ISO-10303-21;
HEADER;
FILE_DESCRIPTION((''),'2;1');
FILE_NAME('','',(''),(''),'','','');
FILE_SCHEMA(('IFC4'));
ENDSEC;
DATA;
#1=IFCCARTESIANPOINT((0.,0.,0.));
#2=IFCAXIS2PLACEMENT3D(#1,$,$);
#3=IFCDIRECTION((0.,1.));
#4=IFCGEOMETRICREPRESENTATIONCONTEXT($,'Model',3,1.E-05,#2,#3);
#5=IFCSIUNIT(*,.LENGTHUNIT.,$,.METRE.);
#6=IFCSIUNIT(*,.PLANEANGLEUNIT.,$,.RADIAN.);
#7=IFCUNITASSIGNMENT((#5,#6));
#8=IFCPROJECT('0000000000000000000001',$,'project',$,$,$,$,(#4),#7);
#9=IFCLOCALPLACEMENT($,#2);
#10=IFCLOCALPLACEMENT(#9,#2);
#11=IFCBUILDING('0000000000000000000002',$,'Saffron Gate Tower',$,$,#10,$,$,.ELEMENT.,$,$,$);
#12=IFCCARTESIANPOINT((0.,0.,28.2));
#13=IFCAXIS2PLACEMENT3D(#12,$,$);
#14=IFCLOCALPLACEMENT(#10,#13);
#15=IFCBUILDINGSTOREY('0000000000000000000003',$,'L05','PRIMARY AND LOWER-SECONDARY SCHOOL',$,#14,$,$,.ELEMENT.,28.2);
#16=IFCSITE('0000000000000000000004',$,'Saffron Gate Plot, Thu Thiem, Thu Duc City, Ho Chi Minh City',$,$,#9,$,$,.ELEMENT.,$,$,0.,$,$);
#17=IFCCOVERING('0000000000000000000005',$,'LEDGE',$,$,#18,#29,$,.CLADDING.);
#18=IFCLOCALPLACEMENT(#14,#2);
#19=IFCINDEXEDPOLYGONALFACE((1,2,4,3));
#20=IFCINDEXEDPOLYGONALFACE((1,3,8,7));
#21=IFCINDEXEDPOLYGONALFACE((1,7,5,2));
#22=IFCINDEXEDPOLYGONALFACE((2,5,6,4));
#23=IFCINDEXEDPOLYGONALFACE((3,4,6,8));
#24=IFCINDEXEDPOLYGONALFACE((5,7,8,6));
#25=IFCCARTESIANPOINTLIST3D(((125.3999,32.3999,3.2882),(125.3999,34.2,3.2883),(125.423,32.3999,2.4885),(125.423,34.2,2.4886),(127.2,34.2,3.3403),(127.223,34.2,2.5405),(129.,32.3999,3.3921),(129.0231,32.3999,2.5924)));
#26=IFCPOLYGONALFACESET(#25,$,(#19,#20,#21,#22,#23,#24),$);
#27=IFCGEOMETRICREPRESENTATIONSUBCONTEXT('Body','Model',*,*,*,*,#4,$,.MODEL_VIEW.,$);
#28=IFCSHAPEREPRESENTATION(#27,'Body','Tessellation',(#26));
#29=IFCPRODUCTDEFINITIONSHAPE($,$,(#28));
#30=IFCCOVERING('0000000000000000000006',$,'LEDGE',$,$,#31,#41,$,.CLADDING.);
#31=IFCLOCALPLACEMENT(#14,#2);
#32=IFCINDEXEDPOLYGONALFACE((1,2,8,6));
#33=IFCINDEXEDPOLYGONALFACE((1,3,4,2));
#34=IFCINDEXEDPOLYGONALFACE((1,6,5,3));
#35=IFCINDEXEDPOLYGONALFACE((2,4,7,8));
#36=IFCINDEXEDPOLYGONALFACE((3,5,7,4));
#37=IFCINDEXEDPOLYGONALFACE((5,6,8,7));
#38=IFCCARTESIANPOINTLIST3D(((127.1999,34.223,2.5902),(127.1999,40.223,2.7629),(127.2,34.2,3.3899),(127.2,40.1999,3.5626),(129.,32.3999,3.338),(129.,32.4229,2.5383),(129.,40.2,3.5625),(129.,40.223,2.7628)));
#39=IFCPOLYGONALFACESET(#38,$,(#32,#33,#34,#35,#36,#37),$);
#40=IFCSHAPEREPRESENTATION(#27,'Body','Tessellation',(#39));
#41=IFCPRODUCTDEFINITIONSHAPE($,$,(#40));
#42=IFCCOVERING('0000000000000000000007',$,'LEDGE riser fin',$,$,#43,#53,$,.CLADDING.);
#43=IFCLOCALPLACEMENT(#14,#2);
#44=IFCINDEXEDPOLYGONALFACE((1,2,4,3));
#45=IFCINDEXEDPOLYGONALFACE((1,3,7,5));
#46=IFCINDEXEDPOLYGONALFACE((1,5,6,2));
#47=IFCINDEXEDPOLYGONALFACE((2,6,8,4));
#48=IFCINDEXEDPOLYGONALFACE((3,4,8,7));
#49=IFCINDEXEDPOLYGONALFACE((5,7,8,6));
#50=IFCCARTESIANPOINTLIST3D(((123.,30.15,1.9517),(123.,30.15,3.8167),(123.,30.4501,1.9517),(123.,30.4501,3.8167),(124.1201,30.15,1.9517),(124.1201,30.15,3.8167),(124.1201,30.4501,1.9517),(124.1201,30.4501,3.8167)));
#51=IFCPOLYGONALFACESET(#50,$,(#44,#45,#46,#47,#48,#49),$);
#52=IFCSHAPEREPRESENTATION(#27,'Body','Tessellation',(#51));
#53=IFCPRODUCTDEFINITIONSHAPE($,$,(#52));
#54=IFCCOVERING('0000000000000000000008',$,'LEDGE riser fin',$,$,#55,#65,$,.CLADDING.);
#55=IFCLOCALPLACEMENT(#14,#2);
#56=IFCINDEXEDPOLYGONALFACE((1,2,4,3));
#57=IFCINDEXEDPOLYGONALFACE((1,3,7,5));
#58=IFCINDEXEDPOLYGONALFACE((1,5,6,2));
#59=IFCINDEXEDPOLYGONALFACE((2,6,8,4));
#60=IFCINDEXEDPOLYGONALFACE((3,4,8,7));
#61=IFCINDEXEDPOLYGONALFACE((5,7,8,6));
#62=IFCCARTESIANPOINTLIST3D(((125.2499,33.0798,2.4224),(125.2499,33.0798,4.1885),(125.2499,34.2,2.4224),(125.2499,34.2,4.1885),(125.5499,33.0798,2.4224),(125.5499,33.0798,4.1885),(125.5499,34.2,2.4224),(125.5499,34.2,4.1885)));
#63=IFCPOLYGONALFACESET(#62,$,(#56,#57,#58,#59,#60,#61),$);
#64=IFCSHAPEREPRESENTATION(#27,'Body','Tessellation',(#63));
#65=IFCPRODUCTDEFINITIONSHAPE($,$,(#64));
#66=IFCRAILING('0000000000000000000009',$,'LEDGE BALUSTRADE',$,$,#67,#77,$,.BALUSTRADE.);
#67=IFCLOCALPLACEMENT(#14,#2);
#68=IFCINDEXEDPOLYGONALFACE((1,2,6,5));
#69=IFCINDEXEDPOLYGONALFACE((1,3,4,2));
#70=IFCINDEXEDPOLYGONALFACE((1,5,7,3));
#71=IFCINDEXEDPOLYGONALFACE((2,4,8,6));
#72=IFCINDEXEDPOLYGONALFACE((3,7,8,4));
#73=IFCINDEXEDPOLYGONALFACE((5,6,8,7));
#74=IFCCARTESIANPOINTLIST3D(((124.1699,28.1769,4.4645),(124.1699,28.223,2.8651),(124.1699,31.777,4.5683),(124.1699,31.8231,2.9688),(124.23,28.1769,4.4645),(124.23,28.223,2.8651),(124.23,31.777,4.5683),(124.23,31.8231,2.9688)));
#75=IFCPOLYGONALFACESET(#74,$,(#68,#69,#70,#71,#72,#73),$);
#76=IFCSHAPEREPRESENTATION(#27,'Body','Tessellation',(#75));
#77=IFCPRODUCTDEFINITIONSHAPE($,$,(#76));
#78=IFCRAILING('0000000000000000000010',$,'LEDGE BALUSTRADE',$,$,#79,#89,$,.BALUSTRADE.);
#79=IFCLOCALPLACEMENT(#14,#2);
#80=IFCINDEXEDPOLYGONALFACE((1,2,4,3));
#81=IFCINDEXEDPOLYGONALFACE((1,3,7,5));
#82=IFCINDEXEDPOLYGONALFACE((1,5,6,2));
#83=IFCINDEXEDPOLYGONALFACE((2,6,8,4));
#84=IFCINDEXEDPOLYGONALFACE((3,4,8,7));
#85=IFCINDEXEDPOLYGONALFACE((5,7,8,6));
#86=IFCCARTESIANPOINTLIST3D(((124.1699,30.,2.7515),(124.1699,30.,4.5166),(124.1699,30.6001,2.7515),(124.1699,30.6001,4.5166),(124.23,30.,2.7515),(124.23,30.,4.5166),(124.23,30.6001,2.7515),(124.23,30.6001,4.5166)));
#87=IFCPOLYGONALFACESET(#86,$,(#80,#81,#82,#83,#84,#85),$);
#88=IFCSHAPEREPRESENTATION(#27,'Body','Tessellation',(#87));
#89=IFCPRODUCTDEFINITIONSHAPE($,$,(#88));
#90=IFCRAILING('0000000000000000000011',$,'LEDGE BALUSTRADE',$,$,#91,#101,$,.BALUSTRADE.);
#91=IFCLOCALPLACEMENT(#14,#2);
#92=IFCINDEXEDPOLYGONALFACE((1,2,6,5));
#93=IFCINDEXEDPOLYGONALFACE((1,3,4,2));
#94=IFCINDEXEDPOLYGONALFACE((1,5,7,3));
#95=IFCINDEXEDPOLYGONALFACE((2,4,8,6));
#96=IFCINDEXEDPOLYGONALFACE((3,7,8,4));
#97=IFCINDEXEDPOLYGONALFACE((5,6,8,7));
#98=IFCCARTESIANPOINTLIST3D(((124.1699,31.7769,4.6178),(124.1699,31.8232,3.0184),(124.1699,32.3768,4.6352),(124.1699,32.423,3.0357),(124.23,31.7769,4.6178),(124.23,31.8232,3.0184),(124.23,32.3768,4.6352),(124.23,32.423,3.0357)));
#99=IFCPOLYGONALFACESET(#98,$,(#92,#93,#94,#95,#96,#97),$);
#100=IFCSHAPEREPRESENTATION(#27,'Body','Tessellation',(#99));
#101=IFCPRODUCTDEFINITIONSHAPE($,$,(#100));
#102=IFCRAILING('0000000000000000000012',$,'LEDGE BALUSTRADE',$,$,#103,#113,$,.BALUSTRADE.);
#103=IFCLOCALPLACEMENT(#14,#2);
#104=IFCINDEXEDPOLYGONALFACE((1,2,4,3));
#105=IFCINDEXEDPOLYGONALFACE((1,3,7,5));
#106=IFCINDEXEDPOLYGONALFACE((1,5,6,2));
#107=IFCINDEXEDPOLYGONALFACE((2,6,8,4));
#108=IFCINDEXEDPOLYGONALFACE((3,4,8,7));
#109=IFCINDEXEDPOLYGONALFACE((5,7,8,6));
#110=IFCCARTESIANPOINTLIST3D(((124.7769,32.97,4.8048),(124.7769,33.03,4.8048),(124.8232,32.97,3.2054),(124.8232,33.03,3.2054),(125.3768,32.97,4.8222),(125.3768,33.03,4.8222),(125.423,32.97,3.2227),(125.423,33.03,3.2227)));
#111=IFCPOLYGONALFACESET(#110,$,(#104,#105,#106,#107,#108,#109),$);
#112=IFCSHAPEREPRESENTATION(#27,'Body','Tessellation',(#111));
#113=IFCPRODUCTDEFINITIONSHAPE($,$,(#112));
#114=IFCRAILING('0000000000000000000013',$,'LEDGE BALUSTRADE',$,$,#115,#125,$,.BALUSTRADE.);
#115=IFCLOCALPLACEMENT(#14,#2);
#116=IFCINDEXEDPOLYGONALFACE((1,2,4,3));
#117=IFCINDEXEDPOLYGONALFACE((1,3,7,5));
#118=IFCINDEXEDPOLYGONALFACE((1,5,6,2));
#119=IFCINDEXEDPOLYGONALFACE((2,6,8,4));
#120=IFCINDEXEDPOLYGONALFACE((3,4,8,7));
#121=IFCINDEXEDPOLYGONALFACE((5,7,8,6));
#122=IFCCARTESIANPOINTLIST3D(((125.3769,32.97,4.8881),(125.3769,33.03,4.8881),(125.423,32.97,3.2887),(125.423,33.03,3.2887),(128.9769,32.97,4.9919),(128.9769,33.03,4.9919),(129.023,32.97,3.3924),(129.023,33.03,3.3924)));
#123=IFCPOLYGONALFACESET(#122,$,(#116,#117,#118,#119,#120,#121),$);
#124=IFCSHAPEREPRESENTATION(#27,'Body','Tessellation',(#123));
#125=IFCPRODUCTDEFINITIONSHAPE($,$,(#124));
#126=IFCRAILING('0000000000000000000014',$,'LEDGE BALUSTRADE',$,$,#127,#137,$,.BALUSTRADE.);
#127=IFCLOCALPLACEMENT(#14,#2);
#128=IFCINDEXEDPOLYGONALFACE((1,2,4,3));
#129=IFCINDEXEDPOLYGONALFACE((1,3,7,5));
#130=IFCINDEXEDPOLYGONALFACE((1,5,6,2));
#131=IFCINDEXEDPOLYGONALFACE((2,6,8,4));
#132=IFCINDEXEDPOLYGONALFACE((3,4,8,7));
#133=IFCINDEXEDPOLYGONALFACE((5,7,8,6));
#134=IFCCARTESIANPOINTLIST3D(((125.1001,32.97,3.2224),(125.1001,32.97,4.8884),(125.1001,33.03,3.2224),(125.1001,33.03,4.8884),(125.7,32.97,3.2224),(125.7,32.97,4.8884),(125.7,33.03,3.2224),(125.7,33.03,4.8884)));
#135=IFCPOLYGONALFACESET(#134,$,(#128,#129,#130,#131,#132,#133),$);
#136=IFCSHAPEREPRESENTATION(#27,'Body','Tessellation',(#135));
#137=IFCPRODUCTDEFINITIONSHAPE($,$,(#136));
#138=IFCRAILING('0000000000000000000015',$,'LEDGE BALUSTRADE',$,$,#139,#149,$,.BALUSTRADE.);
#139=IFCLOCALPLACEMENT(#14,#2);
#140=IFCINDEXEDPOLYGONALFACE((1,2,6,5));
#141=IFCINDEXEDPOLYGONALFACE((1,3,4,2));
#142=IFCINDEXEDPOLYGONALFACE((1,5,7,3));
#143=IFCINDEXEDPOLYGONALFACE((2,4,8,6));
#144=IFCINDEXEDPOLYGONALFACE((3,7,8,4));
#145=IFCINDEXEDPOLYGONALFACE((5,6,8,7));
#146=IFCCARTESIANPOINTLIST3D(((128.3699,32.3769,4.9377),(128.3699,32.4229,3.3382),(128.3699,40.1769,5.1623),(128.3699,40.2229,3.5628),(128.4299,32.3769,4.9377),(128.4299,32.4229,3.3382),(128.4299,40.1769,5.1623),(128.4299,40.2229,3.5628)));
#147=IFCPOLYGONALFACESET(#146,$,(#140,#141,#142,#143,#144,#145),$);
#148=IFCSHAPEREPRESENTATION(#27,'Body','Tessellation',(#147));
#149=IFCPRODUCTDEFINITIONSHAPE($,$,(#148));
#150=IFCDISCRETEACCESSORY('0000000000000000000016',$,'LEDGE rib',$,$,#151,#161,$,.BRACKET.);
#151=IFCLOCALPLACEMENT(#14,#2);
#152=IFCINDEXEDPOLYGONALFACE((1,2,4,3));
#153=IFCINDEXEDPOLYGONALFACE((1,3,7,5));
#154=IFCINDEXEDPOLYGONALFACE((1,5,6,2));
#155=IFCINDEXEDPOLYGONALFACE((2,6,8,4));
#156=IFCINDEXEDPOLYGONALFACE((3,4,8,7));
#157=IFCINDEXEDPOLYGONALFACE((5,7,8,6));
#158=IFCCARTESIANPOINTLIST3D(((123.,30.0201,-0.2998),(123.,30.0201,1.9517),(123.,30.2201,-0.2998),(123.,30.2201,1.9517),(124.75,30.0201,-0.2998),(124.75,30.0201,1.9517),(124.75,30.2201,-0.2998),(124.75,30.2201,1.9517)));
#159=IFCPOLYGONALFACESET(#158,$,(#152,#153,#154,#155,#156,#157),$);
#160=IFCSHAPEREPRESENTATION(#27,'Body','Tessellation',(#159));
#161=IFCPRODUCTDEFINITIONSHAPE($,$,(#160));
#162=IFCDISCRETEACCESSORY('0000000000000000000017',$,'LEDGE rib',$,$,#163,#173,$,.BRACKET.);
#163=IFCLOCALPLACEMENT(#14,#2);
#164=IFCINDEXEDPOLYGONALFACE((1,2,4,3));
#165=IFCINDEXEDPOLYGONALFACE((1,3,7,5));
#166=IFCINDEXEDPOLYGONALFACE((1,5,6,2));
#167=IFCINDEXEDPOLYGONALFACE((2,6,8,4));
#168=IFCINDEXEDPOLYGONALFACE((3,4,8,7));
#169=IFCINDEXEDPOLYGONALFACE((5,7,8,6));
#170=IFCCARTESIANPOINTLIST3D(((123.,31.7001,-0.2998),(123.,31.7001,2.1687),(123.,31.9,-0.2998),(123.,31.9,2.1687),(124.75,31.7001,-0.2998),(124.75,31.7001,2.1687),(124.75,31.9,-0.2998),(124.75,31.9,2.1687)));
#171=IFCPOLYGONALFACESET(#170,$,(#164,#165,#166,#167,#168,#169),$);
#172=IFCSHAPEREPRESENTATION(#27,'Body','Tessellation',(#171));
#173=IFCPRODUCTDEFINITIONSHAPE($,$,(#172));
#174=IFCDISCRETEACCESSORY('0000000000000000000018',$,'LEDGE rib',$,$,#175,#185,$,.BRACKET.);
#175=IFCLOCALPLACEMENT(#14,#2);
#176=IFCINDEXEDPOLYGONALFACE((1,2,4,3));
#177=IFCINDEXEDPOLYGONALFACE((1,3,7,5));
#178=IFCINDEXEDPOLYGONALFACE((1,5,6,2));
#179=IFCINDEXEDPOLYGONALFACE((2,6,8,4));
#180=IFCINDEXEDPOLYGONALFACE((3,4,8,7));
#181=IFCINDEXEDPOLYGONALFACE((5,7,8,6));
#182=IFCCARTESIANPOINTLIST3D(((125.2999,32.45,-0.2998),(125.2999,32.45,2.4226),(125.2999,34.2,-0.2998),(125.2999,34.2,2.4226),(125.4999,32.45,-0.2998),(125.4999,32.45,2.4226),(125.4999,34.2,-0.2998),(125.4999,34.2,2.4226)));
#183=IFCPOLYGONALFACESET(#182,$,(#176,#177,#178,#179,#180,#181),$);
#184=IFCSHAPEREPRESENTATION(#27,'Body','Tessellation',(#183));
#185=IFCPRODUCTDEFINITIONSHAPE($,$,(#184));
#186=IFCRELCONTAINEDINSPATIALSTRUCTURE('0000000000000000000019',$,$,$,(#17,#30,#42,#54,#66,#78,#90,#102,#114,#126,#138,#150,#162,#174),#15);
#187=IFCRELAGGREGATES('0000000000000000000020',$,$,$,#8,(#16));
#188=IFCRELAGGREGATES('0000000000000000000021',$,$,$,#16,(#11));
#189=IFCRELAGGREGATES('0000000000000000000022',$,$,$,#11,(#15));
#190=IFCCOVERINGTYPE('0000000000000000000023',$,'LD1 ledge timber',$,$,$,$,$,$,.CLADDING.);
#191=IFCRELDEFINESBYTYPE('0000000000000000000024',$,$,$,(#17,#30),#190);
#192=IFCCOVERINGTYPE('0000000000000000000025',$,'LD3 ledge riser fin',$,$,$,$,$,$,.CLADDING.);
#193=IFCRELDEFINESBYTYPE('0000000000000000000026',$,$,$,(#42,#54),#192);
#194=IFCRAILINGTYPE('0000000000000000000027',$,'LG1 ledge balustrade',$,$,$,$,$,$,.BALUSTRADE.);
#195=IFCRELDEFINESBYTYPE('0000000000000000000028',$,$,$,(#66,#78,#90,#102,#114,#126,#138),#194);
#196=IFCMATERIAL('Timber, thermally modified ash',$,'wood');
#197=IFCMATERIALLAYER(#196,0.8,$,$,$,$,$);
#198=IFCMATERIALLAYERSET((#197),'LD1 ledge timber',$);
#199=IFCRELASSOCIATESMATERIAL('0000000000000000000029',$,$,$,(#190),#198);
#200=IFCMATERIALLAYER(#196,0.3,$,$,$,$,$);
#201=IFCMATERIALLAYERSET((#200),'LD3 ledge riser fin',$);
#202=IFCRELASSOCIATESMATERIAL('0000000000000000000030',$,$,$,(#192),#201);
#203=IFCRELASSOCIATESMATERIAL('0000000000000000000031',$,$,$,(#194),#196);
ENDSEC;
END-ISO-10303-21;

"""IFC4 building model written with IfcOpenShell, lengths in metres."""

from ifc_helpers import new_model, si_unit, direction, frame, origin, origin_2d, place, context, subcontext, project, spatial, polyline, rectangle, outline, extrude, material, layer, layer_set, type_object, element, save


model = new_model("IFC4")

# Units and contexts
model_context = context("Model", 3, precision=1e-05, world=origin(), true_north=direction((0.0, 1.0)))
body_context = subcontext(model_context, "Body", "Model", "MODEL_VIEW")
ifc_project = project(units=[si_unit("LENGTHUNIT", "METRE"), si_unit("PLANEANGLEUNIT", "RADIAN")], contexts=[model_context])

# Site, building, storey
site_placement = place(None, origin())
site = spatial("IfcSite", under=ifc_project, at=site_placement, Name="Saffron Gate Plot, Thu Thiem, Thu Duc City, Ho Chi Minh City", CompositionType="ELEMENT", RefElevation=0.0)
building_placement = place(site_placement, origin())
building = spatial("IfcBuilding", under=site, at=building_placement, Name="Saffron Gate Tower", CompositionType="ELEMENT")
storey_placement = place(building_placement, frame((0.0, 0.0, 28.2)))
storey = spatial("IfcBuildingStorey", under=building, at=storey_placement, Name="L05", Description="PRIMARY AND LOWER-SECONDARY SCHOOL", CompositionType="ELEMENT", Elevation=28.2)

# Coverings
ifc_material = material(Name="Timber, thermally modified ash", Category="wood")
ifc_layer_1 = layer(ifc_material, 0.8)
ifc_layer_set_1 = layer_set([ifc_layer_1], Name="LD1 ledge timber")
covering_type_1 = type_object("IfcCoveringType", Name="LD1 ledge timber", PredefinedType="CLADDING", material=ifc_layer_set_1)
covering_1_placement = place(storey_placement, frame((125.3999, 34.2, 3.2883), z_axis=(-0.028832, -0.000045, 0.999584), x_axis=(0.999584, 0.0, 0.028832)))
element("IfcCovering", 1, at=covering_1_placement, inside=storey, type_object=covering_type_1, Name="LEDGE", PredefinedType="CLADDING", context=body_context, shape_type="SweptSolid", body=[
    extrude(outline(polyline([(0.0, 0.0), (1.8008, 0.0), (3.6016, -1.8), (0.0, -1.8), (0.0, 0.0)])), origin(), (0.0, 0.0, -1.0), 0.8),
])
covering_2_placement = place(storey_placement, frame((127.2, 34.2, 3.3899), z_axis=(0.000053, -0.028772, 0.999586), x_axis=(0.0, 0.999586, 0.028772)))
element("IfcCovering", 2, at=covering_2_placement, inside=storey, type_object=covering_type_1, Name="LEDGE", PredefinedType="CLADDING", context=body_context, shape_type="SweptSolid", body=[
    extrude(outline(polyline([(0.0, 0.0), (6.0025, 0.0), (6.0025, -1.8), (-1.8008, -1.8), (0.0, 0.0)])), origin(), (0.0, 0.0, -1.0), 0.8),
])
ifc_layer_2 = layer(ifc_material, 0.3)
ifc_layer_set_2 = layer_set([ifc_layer_2], Name="LD3 ledge riser fin")
covering_type_2 = type_object("IfcCoveringType", Name="LD3 ledge riser fin", PredefinedType="CLADDING", material=ifc_layer_set_2)
covering_3_placement = place(storey_placement, frame((123.5601, 30.3, 1.9517), z_axis=(0.0, 0.0, 1.0), x_axis=(0.0, 1.0, 0.0)))
element("IfcCovering", 3, at=covering_3_placement, inside=storey, type_object=covering_type_2, Name="LEDGE riser fin", PredefinedType="CLADDING", context=body_context, shape_type="SweptSolid", body=[
    extrude(rectangle(XDim=0.3, YDim=1.1201, at=origin_2d()), origin(), (0.0, 0.0, 1.0), 1.865),
])
covering_4_placement = place(storey_placement, frame((125.3999, 33.6399, 2.4224), z_axis=(0.0, 0.0, 1.0), x_axis=(1.0, 0.0, 0.0)))
element("IfcCovering", 4, at=covering_4_placement, inside=storey, type_object=covering_type_2, Name="LEDGE riser fin", PredefinedType="CLADDING", context=body_context, shape_type="SweptSolid", body=[
    extrude(rectangle(XDim=0.3, YDim=1.1201, at=origin_2d()), origin(), (0.0, 0.0, 1.0), 1.7661),
])

# Railings
railing_type = type_object("IfcRailingType", Name="LG1 ledge balustrade", PredefinedType="BALUSTRADE", material=ifc_material)
railing_1_placement = place(storey_placement, frame((124.2, 28.2, 2.8647)))
element("IfcRailing", 5, at=railing_1_placement, inside=storey, type_object=railing_type, Name="LEDGE BALUSTRADE", PredefinedType="BALUSTRADE", context=body_context, shape_type="SweptSolid", body=[
    extrude(rectangle(XDim=0.0601, YDim=1.6001, at=origin_2d()), frame((0.0, 0.0, 0.8), z_axis=(0.0, 0.999585, 0.028809), x_axis=(-1.0, 0.0, 0.0)), (0.0, 0.0, 1.0), 3.6016),
])
railing_2_placement = place(storey_placement, frame((124.2, 30.0, 2.7515)))
element("IfcRailing", 6, at=railing_2_placement, inside=storey, type_object=railing_type, Name="LEDGE BALUSTRADE", PredefinedType="BALUSTRADE", context=body_context, shape_type="SweptSolid", body=[
    extrude(rectangle(XDim=0.0601, YDim=1.7651, at=origin_2d()), frame((0.0, 0.0, 0.8826), z_axis=(0.0, 1.0, 0.0), x_axis=(-1.0, 0.0, 0.0)), (0.0, 0.0, 1.0), 0.6001),
])
railing_3_placement = place(storey_placement, frame((124.2, 31.8, 3.0181)))
element("IfcRailing", 7, at=railing_3_placement, inside=storey, type_object=railing_type, Name="LEDGE BALUSTRADE", PredefinedType="BALUSTRADE", context=body_context, shape_type="SweptSolid", body=[
    extrude(rectangle(XDim=0.0601, YDim=1.6001, at=origin_2d()), frame((0.0, 0.0, 0.8), z_axis=(0.0, 0.999583, 0.028885), x_axis=(-1.0, 0.0, 0.0)), (0.0, 0.0, 1.0), 0.6001),
])
railing_4_placement = place(storey_placement, frame((124.8, 33.0, 3.2051)))
element("IfcRailing", 8, at=railing_4_placement, inside=storey, type_object=railing_type, Name="LEDGE BALUSTRADE", PredefinedType="BALUSTRADE", context=body_context, shape_type="SweptSolid", body=[
    extrude(rectangle(XDim=0.0601, YDim=1.6001, at=origin_2d()), frame((0.0, 0.0, 0.8), z_axis=(0.999583, 0.0, 0.028885), x_axis=(0.0, 1.0, 0.0)), (0.0, 0.0, 1.0), 0.6001),
])
railing_5_placement = place(storey_placement, frame((125.3999, 33.0, 3.2883)))
element("IfcRailing", 9, at=railing_5_placement, inside=storey, type_object=railing_type, Name="LEDGE BALUSTRADE", PredefinedType="BALUSTRADE", context=body_context, shape_type="SweptSolid", body=[
    extrude(rectangle(XDim=0.0601, YDim=1.6001, at=origin_2d()), frame((0.0, 0.0, 0.8), z_axis=(0.999585, 0.0, 0.028809), x_axis=(0.0, 1.0, 0.0)), (0.0, 0.0, 1.0), 3.6016),
])
railing_6_placement = place(storey_placement, frame((125.1001, 33.0, 3.2224)))
element("IfcRailing", 10, at=railing_6_placement, inside=storey, type_object=railing_type, Name="LEDGE BALUSTRADE", PredefinedType="BALUSTRADE", context=body_context, shape_type="SweptSolid", body=[
    extrude(rectangle(XDim=0.0601, YDim=1.666, at=origin_2d()), frame((0.0, 0.0, 0.833), z_axis=(1.0, 0.0, 0.0), x_axis=(0.0, 1.0, 0.0)), (0.0, 0.0, 1.0), 0.5999),
])
railing_7_placement = place(storey_placement, frame((128.3999, 32.3999, 3.3379)))
element("IfcRailing", 11, at=railing_7_placement, inside=storey, type_object=railing_type, Name="LEDGE BALUSTRADE", PredefinedType="BALUSTRADE", context=body_context, shape_type="SweptSolid", body=[
    extrude(rectangle(XDim=0.0601, YDim=1.6001, at=origin_2d()), frame((0.0, 0.0, 0.8), z_axis=(0.0, 0.999586, 0.028784), x_axis=(-1.0, 0.0, 0.0)), (0.0, 0.0, 1.0), 7.8032),
])

# Discrete accessories
discrete_accessory_1_placement = place(storey_placement, frame((123.875, 30.1201, -0.2998), z_axis=(0.0, 0.0, 1.0), x_axis=(0.0, 1.0, 0.0)))
element("IfcDiscreteAccessory", 12, at=discrete_accessory_1_placement, inside=storey, Name="LEDGE rib", PredefinedType="BRACKET", context=body_context, shape_type="SweptSolid", body=[
    extrude(rectangle(XDim=0.2, YDim=1.75, at=origin_2d()), origin(), (0.0, 0.0, 1.0), 2.2515),
])
discrete_accessory_2_placement = place(storey_placement, frame((123.875, 31.8, -0.2998), z_axis=(0.0, 0.0, 1.0), x_axis=(0.0, 1.0, 0.0)))
element("IfcDiscreteAccessory", 13, at=discrete_accessory_2_placement, inside=storey, Name="LEDGE rib", PredefinedType="BRACKET", context=body_context, shape_type="SweptSolid", body=[
    extrude(rectangle(XDim=0.2, YDim=1.75, at=origin_2d()), origin(), (0.0, 0.0, 1.0), 2.4685),
])
discrete_accessory_3_placement = place(storey_placement, frame((125.3999, 33.325, -0.2998), z_axis=(0.0, 0.0, 1.0), x_axis=(1.0, 0.0, 0.0)))
element("IfcDiscreteAccessory", 14, at=discrete_accessory_3_placement, inside=storey, Name="LEDGE rib", PredefinedType="BRACKET", context=body_context, shape_type="SweptSolid", body=[
    extrude(rectangle(XDim=0.2, YDim=1.75, at=origin_2d()), origin(), (0.0, 0.0, 1.0), 2.7224),
])

save(model, "model.ifc")
